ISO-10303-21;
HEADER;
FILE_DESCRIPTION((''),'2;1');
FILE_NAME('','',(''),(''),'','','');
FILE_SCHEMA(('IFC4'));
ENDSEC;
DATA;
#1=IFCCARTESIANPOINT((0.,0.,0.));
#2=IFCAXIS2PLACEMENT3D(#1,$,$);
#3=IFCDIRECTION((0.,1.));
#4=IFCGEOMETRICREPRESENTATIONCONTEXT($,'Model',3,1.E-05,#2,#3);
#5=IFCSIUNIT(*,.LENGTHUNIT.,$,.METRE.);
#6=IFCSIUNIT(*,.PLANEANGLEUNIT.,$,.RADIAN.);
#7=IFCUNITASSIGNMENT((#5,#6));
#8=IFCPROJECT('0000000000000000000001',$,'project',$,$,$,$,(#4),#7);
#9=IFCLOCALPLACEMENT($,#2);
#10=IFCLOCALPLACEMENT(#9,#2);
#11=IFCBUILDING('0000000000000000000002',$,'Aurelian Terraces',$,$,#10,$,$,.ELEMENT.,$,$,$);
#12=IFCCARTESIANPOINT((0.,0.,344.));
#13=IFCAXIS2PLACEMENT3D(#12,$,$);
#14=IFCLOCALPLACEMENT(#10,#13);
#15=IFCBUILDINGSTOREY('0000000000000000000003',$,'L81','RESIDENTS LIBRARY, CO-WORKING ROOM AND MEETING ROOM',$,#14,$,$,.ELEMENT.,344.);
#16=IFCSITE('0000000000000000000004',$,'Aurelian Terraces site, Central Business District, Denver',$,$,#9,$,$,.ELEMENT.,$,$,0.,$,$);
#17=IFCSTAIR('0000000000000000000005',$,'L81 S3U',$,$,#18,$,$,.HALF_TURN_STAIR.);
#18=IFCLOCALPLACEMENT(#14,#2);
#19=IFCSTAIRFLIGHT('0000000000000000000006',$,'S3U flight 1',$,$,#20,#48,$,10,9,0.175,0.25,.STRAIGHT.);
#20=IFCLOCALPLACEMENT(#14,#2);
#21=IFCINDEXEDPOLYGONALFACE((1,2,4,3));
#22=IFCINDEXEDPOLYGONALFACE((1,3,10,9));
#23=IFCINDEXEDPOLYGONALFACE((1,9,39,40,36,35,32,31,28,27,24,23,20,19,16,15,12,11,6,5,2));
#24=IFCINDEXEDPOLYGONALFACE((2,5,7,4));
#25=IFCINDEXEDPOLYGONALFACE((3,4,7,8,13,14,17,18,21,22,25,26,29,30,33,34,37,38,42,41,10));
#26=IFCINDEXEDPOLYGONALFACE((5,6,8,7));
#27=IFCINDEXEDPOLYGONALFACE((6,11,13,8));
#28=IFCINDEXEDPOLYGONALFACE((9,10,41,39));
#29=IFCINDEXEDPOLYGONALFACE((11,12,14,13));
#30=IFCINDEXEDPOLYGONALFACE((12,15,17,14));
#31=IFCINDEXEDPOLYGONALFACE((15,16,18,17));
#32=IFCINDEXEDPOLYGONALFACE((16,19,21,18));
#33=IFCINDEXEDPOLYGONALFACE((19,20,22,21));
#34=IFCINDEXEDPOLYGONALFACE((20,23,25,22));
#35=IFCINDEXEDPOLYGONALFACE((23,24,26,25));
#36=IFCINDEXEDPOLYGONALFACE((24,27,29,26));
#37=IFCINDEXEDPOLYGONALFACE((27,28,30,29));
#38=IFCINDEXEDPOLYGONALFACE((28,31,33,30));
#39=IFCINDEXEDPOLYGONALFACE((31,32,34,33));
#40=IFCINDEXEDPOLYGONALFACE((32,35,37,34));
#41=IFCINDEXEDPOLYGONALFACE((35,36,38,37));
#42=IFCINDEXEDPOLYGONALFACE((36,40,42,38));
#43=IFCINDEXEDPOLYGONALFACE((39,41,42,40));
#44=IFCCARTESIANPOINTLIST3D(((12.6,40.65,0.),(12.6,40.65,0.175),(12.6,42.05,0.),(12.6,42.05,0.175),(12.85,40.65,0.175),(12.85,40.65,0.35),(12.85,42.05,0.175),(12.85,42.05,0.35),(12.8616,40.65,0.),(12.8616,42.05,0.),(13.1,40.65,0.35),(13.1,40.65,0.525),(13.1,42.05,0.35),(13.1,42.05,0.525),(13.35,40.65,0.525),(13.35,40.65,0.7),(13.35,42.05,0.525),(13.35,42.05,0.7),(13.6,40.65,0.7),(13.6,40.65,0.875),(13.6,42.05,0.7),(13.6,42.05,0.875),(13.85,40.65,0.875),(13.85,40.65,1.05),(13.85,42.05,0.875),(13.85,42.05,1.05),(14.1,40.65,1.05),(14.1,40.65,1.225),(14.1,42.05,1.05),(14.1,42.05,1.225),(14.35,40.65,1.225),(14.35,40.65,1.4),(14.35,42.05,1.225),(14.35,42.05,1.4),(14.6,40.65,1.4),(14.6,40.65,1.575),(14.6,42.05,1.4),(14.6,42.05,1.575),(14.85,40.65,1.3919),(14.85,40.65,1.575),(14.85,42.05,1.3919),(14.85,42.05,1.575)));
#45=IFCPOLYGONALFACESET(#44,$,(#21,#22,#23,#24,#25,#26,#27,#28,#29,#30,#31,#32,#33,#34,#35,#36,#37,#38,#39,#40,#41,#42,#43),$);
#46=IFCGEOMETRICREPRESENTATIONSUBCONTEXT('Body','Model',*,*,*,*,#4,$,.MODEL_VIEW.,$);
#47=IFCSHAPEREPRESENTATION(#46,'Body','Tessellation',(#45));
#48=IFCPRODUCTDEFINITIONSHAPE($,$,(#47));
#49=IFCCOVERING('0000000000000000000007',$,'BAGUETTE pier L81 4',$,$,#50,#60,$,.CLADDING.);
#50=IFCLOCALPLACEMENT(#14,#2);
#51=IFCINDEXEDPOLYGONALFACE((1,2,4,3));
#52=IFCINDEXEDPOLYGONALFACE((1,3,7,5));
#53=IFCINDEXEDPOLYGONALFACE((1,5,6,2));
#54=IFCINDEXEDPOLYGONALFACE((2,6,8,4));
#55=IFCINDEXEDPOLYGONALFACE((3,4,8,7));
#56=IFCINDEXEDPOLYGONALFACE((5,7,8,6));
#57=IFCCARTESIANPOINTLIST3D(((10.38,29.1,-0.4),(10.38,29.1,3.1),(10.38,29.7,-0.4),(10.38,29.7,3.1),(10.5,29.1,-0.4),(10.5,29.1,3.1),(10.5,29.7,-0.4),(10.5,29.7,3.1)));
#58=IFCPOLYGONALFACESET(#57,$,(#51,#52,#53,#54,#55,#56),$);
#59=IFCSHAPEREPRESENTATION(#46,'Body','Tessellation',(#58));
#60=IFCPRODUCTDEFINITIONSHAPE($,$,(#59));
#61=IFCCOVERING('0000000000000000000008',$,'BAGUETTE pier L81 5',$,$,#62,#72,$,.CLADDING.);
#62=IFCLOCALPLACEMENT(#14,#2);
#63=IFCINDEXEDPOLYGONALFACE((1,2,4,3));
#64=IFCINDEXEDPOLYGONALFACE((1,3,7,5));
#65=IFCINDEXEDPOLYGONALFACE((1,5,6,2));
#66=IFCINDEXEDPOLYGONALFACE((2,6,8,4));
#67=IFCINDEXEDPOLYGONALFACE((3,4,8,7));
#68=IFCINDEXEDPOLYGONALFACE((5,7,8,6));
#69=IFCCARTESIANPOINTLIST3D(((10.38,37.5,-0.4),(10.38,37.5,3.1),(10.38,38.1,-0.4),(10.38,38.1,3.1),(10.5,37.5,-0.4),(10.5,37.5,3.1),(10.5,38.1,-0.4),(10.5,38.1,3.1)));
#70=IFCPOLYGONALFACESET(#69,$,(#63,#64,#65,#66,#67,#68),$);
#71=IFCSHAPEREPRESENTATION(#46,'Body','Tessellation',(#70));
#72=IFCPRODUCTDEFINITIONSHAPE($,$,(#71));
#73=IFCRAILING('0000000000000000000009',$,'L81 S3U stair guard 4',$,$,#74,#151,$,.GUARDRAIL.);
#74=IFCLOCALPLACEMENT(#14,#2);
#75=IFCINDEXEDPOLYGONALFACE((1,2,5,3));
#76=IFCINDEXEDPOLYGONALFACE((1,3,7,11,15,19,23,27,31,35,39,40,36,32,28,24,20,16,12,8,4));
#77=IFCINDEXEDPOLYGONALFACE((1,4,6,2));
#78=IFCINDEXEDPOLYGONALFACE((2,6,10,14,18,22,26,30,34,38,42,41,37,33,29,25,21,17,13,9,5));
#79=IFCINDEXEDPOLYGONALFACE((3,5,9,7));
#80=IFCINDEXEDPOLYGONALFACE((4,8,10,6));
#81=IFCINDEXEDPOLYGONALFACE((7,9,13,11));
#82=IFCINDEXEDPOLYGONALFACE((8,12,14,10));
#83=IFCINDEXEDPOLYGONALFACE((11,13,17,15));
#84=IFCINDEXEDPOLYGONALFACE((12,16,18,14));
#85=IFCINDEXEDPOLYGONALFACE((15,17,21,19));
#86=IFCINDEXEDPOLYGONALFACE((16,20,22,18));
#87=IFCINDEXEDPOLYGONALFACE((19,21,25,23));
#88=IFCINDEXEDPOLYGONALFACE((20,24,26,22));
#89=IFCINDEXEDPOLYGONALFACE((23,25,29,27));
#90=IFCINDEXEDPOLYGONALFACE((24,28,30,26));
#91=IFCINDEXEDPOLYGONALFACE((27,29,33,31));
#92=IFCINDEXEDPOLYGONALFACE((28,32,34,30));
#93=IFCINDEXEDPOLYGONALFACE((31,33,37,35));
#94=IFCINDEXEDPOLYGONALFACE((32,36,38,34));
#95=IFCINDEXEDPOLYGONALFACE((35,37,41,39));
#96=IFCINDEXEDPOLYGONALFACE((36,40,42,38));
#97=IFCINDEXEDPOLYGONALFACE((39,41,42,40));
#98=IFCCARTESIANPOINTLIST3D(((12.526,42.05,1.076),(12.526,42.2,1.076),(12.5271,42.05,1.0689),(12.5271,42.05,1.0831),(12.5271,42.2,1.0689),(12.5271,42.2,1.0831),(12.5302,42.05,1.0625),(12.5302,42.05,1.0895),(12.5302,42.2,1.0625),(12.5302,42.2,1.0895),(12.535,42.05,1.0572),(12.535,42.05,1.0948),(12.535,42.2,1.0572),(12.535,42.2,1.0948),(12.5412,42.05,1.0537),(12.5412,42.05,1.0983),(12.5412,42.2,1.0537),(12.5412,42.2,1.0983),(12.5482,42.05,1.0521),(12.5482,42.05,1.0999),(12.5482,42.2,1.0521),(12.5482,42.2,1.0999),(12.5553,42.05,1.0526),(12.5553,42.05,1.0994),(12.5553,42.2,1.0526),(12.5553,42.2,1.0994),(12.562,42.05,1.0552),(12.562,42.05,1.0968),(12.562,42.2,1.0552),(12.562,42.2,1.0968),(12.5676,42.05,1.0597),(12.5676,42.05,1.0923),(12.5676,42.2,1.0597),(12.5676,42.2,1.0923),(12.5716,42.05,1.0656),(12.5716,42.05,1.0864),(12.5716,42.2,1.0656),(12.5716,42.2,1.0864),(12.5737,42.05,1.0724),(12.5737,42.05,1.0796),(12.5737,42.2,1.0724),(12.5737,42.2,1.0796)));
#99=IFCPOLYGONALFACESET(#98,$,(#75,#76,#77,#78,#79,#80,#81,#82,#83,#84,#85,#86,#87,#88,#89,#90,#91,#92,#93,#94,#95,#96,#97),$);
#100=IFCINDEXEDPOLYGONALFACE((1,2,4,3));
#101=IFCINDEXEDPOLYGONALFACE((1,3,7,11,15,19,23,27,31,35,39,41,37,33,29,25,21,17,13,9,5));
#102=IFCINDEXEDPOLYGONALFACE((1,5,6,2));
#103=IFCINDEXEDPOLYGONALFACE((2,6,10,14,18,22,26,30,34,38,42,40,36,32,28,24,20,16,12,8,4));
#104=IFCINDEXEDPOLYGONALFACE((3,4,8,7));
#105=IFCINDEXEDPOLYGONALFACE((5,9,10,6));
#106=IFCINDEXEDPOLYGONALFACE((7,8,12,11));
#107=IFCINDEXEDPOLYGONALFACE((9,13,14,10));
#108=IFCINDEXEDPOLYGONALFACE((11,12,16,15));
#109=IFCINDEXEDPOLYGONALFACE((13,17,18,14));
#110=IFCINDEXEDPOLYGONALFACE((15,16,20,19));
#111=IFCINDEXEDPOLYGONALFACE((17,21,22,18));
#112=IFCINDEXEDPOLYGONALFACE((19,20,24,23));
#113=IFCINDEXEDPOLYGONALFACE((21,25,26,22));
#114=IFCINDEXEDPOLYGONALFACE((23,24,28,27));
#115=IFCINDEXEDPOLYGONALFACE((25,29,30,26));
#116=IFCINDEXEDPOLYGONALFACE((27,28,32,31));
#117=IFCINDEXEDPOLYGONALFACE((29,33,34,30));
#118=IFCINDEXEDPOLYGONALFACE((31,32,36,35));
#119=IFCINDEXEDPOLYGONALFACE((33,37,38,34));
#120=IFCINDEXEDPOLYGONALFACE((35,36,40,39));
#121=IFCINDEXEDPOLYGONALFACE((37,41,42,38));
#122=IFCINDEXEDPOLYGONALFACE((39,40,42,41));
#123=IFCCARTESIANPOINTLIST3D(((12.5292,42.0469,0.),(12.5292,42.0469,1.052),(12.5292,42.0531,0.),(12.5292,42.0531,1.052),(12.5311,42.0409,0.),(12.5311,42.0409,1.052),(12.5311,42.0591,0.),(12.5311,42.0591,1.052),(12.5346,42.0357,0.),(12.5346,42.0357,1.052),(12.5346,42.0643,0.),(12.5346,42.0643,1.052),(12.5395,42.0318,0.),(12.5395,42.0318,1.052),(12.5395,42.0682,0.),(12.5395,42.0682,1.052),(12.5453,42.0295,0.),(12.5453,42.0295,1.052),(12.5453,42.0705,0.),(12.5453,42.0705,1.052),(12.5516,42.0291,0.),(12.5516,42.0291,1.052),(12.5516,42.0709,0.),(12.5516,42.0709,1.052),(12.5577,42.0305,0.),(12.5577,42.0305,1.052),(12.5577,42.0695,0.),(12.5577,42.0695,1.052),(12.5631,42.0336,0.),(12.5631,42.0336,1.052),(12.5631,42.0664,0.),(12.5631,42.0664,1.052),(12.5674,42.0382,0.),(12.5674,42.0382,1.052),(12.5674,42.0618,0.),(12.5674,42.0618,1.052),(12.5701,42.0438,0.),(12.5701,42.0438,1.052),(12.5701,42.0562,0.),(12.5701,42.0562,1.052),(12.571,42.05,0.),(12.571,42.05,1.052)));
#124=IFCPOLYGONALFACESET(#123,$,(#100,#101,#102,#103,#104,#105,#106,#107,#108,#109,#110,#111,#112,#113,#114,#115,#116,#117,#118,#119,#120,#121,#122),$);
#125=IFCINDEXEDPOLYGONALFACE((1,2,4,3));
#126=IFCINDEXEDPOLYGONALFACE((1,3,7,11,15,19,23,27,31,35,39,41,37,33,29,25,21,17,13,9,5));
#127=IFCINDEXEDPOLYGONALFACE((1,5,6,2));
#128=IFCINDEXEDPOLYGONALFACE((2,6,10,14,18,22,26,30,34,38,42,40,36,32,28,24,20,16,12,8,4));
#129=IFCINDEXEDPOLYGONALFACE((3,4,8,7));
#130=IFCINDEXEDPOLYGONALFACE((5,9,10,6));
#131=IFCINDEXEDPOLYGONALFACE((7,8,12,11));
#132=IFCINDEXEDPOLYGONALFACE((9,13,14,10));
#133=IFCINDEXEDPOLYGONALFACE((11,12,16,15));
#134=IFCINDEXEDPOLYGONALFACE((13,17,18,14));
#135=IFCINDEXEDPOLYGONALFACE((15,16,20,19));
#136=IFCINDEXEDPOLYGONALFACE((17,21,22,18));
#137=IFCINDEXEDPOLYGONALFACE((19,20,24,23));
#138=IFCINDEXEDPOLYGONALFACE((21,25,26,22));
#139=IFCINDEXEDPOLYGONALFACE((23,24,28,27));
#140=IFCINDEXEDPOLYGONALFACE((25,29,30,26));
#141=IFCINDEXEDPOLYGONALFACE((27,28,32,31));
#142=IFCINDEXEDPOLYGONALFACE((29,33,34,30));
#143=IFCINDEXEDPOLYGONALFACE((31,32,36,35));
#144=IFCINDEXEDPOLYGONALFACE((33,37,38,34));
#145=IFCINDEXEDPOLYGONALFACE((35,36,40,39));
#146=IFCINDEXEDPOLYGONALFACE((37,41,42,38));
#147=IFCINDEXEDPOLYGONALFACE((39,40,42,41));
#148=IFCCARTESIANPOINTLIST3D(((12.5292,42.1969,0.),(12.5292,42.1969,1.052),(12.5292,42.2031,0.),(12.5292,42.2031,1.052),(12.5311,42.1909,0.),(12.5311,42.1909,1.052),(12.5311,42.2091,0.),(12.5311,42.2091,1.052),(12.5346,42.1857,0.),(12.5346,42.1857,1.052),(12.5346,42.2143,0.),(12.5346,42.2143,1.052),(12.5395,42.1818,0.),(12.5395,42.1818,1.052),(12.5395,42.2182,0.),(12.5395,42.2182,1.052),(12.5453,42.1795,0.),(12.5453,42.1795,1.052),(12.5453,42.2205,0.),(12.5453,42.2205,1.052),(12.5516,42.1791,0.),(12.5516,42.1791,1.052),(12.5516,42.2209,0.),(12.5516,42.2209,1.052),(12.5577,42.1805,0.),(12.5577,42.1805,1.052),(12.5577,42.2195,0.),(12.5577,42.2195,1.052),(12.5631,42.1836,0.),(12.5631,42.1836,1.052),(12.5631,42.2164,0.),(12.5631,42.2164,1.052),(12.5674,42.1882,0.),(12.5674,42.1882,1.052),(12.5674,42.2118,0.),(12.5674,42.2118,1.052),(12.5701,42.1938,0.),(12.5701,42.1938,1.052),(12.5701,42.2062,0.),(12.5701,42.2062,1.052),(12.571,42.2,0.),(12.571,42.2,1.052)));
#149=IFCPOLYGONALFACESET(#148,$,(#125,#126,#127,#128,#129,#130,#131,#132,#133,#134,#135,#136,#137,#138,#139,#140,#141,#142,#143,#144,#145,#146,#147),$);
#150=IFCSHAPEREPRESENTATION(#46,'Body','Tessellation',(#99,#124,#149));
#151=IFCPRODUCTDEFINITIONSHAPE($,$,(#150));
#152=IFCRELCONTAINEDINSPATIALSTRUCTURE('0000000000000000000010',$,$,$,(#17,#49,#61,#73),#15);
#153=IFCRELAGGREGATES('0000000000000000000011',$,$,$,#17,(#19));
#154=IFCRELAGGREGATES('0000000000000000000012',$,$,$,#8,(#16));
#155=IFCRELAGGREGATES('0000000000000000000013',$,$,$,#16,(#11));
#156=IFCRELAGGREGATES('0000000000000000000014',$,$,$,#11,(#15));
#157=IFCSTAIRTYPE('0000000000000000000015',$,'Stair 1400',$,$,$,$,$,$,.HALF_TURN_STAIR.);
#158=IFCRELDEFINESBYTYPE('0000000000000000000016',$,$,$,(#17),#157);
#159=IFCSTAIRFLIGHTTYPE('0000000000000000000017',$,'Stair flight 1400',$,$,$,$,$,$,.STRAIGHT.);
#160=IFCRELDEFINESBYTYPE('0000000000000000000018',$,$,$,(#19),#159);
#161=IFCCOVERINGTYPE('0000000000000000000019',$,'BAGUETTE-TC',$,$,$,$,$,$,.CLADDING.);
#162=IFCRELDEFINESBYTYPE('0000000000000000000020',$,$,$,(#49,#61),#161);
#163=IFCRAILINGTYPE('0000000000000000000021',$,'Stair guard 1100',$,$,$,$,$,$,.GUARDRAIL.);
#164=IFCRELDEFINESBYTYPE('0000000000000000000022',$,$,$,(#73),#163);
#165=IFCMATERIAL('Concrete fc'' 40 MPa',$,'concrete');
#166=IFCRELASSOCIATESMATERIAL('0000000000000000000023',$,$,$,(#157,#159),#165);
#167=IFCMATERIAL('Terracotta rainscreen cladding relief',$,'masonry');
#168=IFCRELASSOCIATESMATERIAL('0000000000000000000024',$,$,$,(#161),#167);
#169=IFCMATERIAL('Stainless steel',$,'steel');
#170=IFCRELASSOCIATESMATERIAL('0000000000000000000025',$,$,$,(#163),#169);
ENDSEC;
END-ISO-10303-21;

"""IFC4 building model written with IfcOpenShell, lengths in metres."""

from ifc_helpers import new_model, si_unit, direction, frame, origin, origin_2d, place, context, subcontext, project, spatial, polyline, rectangle, circle, outline, extrude, source, transform, mapped, material, type_object, element, aggregate, save


model = new_model("IFC4")

# Units and contexts
model_context = context("Model", 3, precision=1e-05, world=origin(), true_north=direction((0.0, 1.0)))
body_context = subcontext(model_context, "Body", "Model", "MODEL_VIEW")
ifc_project = project(units=[si_unit("LENGTHUNIT", "METRE"), si_unit("PLANEANGLEUNIT", "RADIAN")], contexts=[model_context])

# Site, building, storey
site_placement = place(None, origin())
site = spatial("IfcSite", under=ifc_project, at=site_placement, Name="Aurelian Terraces site, Central Business District, Denver", CompositionType="ELEMENT", RefElevation=0.0)
building_placement = place(site_placement, origin())
building = spatial("IfcBuilding", under=site, at=building_placement, Name="Aurelian Terraces", CompositionType="ELEMENT")
storey_placement = place(building_placement, frame((0.0, 0.0, 344.0)))
storey = spatial("IfcBuildingStorey", under=building, at=storey_placement, Name="L81", Description="RESIDENTS LIBRARY, CO-WORKING ROOM AND MEETING ROOM", CompositionType="ELEMENT", Elevation=344.0)

# Shared definitions
ifc_material_1 = material(Name="Concrete fc' 40 MPa", Category="concrete")

# Stair, stair flight
stair_type = type_object("IfcStairType", Name="Stair 1400", PredefinedType="HALF_TURN_STAIR", material=ifc_material_1)
stair_placement = place(storey_placement, origin())
stair = element("IfcStair", 1, at=stair_placement, inside=storey, type_object=stair_type, Name="L81 S3U", PredefinedType="HALF_TURN_STAIR")
stair_flight_type = type_object("IfcStairFlightType", Name="Stair flight 1400", PredefinedType="STRAIGHT", material=ifc_material_1)
shared_shape_1 = source(origin(), body_context, "Body", "SweptSolid", [
    extrude(outline(polyline([(0.0, 0.0), (0.0, 0.175), (0.25, 0.175), (0.25, 0.35), (0.5, 0.35), (0.5, 0.525), (0.75, 0.525), (0.75, 0.7), (1.0, 0.7), (1.0, 0.875), (1.25, 0.875), (1.25, 1.05), (1.5, 1.05), (1.5, 1.225), (1.75, 1.225), (1.75, 1.4), (2.0, 1.4), (2.0, 1.575), (2.25, 1.575), (2.25, 1.75), (2.25, 1.3919), (0.2616, 0.0), (0.0, 0.0)])), frame((0.0, 0.7, 0.0), z_axis=(0.0, -1.0, 0.0), x_axis=(1.0, 0.0, 0.0)), (0.0, 0.0, 1.0), 1.4),
])
stair_flight_placement = place(storey_placement, frame((12.6, 41.35, 0.0), z_axis=(0.0, 0.0, 1.0), x_axis=(1.0, 0.0, 0.0)))
stair_flight = element("IfcStairFlight", 2, at=stair_flight_placement, type_object=stair_flight_type, Name="S3U flight 1", NumberOfRisers=10, NumberOfTreads=9, PredefinedType="STRAIGHT", RiserHeight=0.175, TreadLength=0.25, context=body_context, shape_type="MappedRepresentation", body=[
    mapped(shared_shape_1, transform((0.0, 0.0, 0.0), scale=1.0)),
])
aggregate(stair, [stair_flight])

# Coverings
ifc_material_2 = material(Name="Terracotta rainscreen cladding relief", Category="masonry")
covering_type = type_object("IfcCoveringType", Name="BAGUETTE-TC", PredefinedType="CLADDING", material=ifc_material_2)
shared_shape_2 = source(origin(), body_context, "Body", "SweptSolid", [
    extrude(rectangle(XDim=0.12, YDim=0.6, at=origin_2d()), origin(), (0.0, 0.0, 1.0), 3.5),
])
for number, where, z_axis, x_axis, name in (
    (3, (10.44, 29.4, -0.4), (0.0, 0.0, 1.0), (1.0, 0.0, 0.0), "BAGUETTE pier L81 4"),
    (4, (10.44, 37.8, -0.4), (0.0, 0.0, 1.0), (1.0, 0.0, 0.0), "BAGUETTE pier L81 5"),
):
    element("IfcCovering", number, at=place(storey_placement, frame(where, z_axis=z_axis, x_axis=x_axis)), inside=storey, type_object=covering_type, Name=name, PredefinedType="CLADDING", context=body_context, shape_type="MappedRepresentation", body=[
        mapped(shared_shape_2, transform((0.0, 0.0, 0.0), scale=1.0)),
    ])

# Railing
ifc_material_3 = material(Name="Stainless steel", Category="steel")
railing_type_1 = type_object("IfcRailingType", Name="Stair guard 1100", PredefinedType="GUARDRAIL", material=ifc_material_3)
shared_shape_3 = source(origin(), body_context, "Body", "SweptSolid", [
    extrude(circle(Radius=0.024, at=origin_2d()), frame((0.0, 0.0, 1.076), z_axis=(0.0, 1.0, 0.0), x_axis=(-1.0, 0.0, 0.0)), (0.0, 0.0, 1.0), 0.15),
    extrude(circle(Radius=0.021, at=origin_2d()), origin(), (0.0, 0.0, 1.0), 1.052),
    extrude(circle(Radius=0.021, at=origin_2d()), frame((0.0, 0.15, 0.0)), (0.0, 0.0, 1.0), 1.052),
])
railing_1_placement = place(storey_placement, frame((12.55, 42.05, 0.0)))
element("IfcRailing", 5, at=railing_1_placement, inside=storey, type_object=railing_type_1, Name="L81 S3U stair guard 4", PredefinedType="GUARDRAIL", context=body_context, shape_type="MappedRepresentation", body=[
    mapped(shared_shape_3, transform((0.0, 0.0, 0.0), scale=1.0)),
])

save(model, "model.ifc")
